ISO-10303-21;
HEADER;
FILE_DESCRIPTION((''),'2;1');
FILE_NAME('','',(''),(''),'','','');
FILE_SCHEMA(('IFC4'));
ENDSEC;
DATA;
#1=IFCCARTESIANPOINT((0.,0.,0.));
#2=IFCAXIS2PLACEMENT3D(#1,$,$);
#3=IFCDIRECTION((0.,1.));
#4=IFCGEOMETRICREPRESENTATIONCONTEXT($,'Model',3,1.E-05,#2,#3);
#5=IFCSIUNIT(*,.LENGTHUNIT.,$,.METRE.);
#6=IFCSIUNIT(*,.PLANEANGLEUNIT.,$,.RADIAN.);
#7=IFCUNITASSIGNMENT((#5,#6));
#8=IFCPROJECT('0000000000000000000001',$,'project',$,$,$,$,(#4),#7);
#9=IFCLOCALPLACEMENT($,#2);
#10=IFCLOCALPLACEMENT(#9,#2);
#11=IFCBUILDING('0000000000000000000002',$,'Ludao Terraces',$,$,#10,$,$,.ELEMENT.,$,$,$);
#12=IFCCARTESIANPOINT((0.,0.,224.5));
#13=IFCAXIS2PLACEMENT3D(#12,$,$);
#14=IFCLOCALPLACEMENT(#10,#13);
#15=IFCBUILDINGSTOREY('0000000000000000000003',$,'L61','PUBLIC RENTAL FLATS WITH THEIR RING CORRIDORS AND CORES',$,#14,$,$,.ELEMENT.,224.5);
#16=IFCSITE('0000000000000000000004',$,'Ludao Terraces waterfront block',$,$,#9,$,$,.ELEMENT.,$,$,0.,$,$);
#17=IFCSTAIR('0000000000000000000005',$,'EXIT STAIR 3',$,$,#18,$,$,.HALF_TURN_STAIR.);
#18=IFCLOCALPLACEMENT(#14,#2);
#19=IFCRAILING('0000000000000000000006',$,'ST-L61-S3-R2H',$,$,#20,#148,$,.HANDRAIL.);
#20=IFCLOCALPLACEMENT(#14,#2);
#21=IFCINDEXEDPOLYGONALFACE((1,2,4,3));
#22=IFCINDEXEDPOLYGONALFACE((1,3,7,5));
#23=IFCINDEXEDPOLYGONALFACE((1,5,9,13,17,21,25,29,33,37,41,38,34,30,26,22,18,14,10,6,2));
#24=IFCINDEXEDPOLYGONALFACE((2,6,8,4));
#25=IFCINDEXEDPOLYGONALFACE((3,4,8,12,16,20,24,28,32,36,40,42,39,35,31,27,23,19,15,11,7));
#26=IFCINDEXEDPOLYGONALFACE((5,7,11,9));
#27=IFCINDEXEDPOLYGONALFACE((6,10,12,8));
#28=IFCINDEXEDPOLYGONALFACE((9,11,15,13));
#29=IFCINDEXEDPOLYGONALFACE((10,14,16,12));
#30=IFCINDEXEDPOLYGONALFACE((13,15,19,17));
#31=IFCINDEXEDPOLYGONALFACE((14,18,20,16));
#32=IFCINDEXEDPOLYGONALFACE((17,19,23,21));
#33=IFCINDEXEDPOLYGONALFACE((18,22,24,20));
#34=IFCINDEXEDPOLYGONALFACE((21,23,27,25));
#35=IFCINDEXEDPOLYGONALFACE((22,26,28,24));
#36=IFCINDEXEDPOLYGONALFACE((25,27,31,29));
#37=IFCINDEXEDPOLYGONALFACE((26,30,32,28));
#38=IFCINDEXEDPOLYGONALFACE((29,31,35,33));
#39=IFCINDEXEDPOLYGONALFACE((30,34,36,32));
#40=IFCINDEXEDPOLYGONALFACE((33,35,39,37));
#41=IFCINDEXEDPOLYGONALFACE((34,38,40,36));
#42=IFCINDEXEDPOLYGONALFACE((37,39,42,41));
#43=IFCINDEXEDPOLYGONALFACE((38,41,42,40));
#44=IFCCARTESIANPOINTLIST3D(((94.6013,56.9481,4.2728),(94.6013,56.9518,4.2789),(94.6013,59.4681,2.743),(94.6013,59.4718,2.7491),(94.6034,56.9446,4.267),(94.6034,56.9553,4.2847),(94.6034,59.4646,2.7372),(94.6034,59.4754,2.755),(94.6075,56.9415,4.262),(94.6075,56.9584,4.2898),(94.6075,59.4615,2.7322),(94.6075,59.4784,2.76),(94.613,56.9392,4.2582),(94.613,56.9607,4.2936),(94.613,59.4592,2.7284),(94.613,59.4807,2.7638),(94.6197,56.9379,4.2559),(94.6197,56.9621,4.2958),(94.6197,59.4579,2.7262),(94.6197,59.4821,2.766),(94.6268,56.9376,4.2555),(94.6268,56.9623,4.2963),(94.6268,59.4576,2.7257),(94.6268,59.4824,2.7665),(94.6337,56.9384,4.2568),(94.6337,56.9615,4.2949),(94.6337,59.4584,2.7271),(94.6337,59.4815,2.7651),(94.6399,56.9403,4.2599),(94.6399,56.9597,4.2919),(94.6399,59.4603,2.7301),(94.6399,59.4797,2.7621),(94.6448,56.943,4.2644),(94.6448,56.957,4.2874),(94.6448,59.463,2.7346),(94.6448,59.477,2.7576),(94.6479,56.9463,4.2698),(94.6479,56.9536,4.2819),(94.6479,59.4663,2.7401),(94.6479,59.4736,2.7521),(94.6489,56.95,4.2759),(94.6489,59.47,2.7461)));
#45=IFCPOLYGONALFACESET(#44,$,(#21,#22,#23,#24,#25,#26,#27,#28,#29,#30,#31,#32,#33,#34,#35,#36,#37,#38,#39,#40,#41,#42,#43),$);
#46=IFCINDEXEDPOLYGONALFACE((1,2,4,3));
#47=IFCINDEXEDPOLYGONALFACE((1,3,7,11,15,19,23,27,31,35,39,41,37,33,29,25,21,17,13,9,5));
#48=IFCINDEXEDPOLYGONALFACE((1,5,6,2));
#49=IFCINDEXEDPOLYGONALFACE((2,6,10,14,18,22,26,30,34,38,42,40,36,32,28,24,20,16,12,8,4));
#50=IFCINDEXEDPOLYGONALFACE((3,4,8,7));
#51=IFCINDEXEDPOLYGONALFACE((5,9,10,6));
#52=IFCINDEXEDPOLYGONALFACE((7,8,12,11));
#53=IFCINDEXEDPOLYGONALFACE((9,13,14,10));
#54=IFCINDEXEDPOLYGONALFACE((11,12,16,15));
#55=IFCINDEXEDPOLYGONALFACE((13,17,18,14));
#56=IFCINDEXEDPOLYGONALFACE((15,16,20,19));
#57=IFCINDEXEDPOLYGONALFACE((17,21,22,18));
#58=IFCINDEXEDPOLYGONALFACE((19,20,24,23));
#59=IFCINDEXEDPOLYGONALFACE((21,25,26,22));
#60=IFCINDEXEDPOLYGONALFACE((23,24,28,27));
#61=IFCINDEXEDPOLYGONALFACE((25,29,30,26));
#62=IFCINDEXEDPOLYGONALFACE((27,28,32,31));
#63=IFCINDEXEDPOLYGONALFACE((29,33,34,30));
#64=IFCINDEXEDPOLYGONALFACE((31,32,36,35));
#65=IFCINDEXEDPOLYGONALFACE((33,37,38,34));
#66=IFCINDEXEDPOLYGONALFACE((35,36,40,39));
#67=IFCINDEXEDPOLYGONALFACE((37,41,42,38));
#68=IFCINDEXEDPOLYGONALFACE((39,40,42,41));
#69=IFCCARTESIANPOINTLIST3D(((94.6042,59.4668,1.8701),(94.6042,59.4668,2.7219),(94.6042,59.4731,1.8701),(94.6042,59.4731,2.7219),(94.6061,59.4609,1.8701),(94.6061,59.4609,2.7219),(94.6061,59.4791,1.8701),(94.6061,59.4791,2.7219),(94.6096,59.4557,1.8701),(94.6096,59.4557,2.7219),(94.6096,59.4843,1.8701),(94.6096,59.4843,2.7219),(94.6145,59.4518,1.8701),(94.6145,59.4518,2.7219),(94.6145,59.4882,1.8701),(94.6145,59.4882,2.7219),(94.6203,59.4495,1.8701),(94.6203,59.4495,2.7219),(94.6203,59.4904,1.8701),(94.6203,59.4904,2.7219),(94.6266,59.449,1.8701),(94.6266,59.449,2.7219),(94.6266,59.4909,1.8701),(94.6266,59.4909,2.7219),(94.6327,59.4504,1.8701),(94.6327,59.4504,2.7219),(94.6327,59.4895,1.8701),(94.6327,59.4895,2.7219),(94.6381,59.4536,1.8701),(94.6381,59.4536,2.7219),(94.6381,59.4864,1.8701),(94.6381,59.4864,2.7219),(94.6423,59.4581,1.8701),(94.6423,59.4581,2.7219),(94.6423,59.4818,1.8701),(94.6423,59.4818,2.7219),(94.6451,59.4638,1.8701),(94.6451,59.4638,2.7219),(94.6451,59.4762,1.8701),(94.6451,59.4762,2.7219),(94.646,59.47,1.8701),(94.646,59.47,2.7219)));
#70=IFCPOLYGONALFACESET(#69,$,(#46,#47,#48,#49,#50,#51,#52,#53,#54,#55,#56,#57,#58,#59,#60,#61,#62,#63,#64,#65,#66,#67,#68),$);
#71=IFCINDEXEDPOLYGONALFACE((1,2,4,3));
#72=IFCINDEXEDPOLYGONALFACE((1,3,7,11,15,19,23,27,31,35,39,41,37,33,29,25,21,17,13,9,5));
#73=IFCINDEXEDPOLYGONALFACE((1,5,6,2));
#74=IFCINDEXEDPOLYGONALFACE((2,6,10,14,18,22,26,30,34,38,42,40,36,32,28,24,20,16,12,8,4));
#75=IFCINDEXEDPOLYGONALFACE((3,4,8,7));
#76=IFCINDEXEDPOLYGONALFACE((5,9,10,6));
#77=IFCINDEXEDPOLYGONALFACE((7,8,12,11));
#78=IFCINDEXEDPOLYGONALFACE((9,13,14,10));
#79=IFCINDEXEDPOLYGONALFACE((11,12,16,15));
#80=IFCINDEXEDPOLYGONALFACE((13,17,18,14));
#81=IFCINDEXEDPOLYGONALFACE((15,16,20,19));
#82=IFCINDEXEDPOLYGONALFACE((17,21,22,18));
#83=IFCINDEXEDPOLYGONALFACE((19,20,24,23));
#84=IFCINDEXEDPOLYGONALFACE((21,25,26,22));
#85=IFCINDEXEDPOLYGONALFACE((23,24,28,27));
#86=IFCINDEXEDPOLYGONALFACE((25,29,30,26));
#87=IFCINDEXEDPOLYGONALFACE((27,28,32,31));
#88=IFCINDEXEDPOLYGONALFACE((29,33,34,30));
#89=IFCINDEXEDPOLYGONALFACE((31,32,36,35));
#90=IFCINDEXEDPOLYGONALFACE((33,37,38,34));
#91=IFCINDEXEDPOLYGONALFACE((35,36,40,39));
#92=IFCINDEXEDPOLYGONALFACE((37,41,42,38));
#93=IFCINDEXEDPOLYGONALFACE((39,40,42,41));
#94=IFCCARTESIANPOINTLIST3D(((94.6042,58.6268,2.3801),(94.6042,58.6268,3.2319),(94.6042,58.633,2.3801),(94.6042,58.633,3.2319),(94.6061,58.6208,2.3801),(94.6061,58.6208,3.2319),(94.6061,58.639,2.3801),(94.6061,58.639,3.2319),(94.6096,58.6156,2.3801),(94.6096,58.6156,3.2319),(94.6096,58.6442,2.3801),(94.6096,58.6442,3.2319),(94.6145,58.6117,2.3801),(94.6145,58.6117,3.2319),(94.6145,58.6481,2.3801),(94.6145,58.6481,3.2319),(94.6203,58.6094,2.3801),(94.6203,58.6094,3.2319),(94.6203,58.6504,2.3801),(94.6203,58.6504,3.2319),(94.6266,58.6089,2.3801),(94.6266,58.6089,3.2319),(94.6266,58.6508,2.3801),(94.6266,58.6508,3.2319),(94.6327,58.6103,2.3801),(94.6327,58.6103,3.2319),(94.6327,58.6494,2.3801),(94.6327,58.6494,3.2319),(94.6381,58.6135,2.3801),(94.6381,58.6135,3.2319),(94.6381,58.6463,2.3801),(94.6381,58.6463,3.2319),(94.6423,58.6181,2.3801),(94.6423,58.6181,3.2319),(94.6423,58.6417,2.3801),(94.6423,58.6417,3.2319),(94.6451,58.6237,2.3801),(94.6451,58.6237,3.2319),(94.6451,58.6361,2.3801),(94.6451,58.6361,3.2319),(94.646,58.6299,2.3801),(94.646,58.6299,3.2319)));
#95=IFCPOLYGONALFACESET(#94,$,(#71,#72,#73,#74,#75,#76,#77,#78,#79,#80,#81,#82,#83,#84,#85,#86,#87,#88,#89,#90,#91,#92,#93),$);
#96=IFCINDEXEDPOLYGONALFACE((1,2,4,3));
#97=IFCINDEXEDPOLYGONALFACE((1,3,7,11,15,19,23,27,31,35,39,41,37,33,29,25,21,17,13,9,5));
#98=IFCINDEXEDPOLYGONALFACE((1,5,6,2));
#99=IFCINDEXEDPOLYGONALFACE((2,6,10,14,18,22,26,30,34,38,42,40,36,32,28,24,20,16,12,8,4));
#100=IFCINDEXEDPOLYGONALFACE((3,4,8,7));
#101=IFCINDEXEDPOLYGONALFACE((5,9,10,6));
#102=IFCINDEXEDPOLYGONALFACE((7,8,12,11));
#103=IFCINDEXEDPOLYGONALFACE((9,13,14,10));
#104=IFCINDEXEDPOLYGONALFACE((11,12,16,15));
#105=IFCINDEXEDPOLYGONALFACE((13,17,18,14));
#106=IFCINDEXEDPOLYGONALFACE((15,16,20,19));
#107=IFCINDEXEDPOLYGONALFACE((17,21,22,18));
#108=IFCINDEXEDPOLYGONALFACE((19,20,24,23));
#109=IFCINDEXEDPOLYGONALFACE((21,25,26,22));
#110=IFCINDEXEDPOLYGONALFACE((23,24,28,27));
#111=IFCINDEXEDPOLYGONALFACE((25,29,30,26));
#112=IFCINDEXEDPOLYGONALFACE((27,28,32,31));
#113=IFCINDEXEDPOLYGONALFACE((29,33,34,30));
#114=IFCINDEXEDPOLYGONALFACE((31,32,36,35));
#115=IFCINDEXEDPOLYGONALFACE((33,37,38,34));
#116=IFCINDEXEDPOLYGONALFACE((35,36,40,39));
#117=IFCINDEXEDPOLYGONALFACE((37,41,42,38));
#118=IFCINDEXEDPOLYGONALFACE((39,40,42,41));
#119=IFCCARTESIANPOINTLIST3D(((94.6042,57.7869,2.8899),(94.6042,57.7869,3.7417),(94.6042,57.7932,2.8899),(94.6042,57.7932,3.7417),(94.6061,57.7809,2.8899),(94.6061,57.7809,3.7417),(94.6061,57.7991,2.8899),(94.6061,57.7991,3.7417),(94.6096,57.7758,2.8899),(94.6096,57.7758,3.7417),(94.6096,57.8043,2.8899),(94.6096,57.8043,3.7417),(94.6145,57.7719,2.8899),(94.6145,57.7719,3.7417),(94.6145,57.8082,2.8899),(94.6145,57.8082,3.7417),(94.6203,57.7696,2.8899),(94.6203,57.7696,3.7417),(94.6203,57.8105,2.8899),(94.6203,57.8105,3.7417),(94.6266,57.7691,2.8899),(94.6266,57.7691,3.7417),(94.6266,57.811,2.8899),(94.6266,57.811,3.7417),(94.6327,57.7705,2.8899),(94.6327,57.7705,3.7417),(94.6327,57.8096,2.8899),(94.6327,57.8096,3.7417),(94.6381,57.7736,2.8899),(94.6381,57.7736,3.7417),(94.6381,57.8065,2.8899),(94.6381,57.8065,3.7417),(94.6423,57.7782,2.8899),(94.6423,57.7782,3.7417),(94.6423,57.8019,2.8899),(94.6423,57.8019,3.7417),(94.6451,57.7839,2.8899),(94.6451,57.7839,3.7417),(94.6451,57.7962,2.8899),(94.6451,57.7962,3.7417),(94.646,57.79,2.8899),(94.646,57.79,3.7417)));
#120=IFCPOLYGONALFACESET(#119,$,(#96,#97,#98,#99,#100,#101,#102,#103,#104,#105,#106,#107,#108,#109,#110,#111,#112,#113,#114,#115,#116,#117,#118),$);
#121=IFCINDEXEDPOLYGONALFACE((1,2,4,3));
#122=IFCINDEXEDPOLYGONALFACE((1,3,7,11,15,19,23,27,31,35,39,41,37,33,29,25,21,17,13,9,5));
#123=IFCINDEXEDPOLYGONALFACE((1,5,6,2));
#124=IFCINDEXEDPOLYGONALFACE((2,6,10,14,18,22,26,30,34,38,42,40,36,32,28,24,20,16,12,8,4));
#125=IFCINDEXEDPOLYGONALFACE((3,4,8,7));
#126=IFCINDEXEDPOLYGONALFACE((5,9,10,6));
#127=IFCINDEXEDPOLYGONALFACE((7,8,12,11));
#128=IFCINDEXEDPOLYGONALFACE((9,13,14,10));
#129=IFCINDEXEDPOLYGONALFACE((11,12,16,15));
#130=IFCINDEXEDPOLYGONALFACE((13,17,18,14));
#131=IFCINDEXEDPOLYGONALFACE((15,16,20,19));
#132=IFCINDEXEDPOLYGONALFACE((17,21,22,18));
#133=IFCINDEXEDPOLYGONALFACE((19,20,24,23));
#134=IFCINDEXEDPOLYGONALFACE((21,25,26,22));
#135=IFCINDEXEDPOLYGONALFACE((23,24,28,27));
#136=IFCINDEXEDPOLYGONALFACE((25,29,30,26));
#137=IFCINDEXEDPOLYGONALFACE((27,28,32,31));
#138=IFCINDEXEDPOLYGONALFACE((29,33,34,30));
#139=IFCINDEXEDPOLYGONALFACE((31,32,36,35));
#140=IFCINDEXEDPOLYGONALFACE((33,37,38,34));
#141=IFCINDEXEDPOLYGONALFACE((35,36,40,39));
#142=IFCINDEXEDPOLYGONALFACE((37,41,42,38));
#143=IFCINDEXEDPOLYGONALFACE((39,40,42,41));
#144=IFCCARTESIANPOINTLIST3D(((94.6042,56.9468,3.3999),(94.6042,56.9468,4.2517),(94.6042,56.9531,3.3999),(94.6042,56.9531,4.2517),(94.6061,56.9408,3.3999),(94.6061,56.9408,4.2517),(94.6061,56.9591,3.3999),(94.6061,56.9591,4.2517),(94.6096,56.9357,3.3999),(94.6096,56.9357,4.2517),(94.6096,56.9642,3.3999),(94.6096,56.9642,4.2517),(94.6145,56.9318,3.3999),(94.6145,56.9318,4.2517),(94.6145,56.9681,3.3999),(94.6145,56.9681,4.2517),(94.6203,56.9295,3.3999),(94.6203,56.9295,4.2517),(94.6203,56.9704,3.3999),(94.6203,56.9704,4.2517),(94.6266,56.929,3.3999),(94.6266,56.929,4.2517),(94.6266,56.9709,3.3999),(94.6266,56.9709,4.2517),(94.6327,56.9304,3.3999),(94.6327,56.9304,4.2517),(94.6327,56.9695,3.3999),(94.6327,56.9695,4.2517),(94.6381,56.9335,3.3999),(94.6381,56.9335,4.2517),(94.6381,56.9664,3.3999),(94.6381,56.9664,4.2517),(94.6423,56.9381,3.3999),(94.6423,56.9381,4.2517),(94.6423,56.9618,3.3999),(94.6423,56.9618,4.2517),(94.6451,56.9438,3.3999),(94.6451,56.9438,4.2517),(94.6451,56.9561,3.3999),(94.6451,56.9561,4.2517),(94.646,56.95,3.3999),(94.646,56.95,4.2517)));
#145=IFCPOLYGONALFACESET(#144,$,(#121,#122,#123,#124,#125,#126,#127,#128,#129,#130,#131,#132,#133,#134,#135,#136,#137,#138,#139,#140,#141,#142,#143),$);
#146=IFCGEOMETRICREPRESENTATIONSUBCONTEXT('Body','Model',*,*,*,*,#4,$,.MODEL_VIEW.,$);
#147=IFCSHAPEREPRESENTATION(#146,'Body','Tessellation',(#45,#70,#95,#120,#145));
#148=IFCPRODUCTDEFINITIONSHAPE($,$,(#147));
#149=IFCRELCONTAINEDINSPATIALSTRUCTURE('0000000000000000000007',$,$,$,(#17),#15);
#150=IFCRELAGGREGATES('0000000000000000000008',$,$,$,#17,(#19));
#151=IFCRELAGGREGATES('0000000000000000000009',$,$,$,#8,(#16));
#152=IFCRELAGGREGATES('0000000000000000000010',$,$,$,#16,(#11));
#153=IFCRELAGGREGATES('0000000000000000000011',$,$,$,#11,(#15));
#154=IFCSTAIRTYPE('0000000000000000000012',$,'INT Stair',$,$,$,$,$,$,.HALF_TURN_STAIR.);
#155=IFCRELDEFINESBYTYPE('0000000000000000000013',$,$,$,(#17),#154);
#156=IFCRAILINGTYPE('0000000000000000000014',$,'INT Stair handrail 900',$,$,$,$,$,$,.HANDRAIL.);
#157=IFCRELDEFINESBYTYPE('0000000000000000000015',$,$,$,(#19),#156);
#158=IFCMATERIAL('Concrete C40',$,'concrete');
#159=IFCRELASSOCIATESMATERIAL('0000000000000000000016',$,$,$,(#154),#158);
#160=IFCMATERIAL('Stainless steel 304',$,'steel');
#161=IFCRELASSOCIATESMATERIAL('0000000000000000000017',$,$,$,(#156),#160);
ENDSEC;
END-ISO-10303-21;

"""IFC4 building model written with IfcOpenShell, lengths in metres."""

from ifc_helpers import new_model, si_unit, direction, frame, origin, origin_2d, place, context, subcontext, project, spatial, circle, extrude, material, type_object, element, aggregate, save


model = new_model("IFC4")

# Units and contexts
model_context = context("Model", 3, precision=1e-05, world=origin(), true_north=direction((0.0, 1.0)))
body_context = subcontext(model_context, "Body", "Model", "MODEL_VIEW")
ifc_project = project(units=[si_unit("LENGTHUNIT", "METRE"), si_unit("PLANEANGLEUNIT", "RADIAN")], contexts=[model_context])

# Site, building, storey
site_placement = place(None, origin())
site = spatial("IfcSite", under=ifc_project, at=site_placement, Name="Ludao Terraces waterfront block", CompositionType="ELEMENT", RefElevation=0.0)
building_placement = place(site_placement, origin())
building = spatial("IfcBuilding", under=site, at=building_placement, Name="Ludao Terraces", CompositionType="ELEMENT")
storey_placement = place(building_placement, frame((0.0, 0.0, 224.5)))
storey = spatial("IfcBuildingStorey", under=building, at=storey_placement, Name="L61", Description="PUBLIC RENTAL FLATS WITH THEIR RING CORRIDORS AND CORES", CompositionType="ELEMENT", Elevation=224.5)

# Shared definitions
ifc_material_1 = material(Name="Concrete C40", Category="concrete")

# Stair, railing
stair_type = type_object("IfcStairType", Name="INT Stair", PredefinedType="HALF_TURN_STAIR", material=ifc_material_1)
stair_placement = place(storey_placement, origin())
stair = element("IfcStair", 1, at=stair_placement, inside=storey, type_object=stair_type, Name="EXIT STAIR 3", PredefinedType="HALF_TURN_STAIR")
ifc_material_2 = material(Name="Stainless steel 304", Category="steel")
railing_type_1 = type_object("IfcRailingType", Name="INT Stair handrail 900", PredefinedType="HANDRAIL", material=ifc_material_2)
railing_1_placement = place(storey_placement, frame((94.625, 59.47, 1.8701)))
railing_1 = element("IfcRailing", 2, at=railing_1_placement, type_object=railing_type_1, Name="ST-L61-S3-R2H", PredefinedType="HANDRAIL", context=body_context, shape_type="SweptSolid", body=[
    extrude(circle(Radius=0.0239, at=origin_2d()), frame((0.0, 0.0, 0.876), z_axis=(0.0, -0.854822, 0.518922), x_axis=(1.0, 0.0, 0.0)), (0.0, 0.0, 1.0), 2.948),
    extrude(circle(Radius=0.021, at=origin_2d()), origin(), (0.0, 0.0, 1.0), 0.8518),
    extrude(circle(Radius=0.021, at=origin_2d()), frame((0.0, -0.8401, 0.51)), (0.0, 0.0, 1.0), 0.8518),
    extrude(circle(Radius=0.021, at=origin_2d()), frame((0.0, -1.6799, 1.0198)), (0.0, 0.0, 1.0), 0.8518),
    extrude(circle(Radius=0.021, at=origin_2d()), frame((0.0, -2.52, 1.5298)), (0.0, 0.0, 1.0), 0.8518),
])
aggregate(stair, [railing_1])

save(model, "model.ifc")
